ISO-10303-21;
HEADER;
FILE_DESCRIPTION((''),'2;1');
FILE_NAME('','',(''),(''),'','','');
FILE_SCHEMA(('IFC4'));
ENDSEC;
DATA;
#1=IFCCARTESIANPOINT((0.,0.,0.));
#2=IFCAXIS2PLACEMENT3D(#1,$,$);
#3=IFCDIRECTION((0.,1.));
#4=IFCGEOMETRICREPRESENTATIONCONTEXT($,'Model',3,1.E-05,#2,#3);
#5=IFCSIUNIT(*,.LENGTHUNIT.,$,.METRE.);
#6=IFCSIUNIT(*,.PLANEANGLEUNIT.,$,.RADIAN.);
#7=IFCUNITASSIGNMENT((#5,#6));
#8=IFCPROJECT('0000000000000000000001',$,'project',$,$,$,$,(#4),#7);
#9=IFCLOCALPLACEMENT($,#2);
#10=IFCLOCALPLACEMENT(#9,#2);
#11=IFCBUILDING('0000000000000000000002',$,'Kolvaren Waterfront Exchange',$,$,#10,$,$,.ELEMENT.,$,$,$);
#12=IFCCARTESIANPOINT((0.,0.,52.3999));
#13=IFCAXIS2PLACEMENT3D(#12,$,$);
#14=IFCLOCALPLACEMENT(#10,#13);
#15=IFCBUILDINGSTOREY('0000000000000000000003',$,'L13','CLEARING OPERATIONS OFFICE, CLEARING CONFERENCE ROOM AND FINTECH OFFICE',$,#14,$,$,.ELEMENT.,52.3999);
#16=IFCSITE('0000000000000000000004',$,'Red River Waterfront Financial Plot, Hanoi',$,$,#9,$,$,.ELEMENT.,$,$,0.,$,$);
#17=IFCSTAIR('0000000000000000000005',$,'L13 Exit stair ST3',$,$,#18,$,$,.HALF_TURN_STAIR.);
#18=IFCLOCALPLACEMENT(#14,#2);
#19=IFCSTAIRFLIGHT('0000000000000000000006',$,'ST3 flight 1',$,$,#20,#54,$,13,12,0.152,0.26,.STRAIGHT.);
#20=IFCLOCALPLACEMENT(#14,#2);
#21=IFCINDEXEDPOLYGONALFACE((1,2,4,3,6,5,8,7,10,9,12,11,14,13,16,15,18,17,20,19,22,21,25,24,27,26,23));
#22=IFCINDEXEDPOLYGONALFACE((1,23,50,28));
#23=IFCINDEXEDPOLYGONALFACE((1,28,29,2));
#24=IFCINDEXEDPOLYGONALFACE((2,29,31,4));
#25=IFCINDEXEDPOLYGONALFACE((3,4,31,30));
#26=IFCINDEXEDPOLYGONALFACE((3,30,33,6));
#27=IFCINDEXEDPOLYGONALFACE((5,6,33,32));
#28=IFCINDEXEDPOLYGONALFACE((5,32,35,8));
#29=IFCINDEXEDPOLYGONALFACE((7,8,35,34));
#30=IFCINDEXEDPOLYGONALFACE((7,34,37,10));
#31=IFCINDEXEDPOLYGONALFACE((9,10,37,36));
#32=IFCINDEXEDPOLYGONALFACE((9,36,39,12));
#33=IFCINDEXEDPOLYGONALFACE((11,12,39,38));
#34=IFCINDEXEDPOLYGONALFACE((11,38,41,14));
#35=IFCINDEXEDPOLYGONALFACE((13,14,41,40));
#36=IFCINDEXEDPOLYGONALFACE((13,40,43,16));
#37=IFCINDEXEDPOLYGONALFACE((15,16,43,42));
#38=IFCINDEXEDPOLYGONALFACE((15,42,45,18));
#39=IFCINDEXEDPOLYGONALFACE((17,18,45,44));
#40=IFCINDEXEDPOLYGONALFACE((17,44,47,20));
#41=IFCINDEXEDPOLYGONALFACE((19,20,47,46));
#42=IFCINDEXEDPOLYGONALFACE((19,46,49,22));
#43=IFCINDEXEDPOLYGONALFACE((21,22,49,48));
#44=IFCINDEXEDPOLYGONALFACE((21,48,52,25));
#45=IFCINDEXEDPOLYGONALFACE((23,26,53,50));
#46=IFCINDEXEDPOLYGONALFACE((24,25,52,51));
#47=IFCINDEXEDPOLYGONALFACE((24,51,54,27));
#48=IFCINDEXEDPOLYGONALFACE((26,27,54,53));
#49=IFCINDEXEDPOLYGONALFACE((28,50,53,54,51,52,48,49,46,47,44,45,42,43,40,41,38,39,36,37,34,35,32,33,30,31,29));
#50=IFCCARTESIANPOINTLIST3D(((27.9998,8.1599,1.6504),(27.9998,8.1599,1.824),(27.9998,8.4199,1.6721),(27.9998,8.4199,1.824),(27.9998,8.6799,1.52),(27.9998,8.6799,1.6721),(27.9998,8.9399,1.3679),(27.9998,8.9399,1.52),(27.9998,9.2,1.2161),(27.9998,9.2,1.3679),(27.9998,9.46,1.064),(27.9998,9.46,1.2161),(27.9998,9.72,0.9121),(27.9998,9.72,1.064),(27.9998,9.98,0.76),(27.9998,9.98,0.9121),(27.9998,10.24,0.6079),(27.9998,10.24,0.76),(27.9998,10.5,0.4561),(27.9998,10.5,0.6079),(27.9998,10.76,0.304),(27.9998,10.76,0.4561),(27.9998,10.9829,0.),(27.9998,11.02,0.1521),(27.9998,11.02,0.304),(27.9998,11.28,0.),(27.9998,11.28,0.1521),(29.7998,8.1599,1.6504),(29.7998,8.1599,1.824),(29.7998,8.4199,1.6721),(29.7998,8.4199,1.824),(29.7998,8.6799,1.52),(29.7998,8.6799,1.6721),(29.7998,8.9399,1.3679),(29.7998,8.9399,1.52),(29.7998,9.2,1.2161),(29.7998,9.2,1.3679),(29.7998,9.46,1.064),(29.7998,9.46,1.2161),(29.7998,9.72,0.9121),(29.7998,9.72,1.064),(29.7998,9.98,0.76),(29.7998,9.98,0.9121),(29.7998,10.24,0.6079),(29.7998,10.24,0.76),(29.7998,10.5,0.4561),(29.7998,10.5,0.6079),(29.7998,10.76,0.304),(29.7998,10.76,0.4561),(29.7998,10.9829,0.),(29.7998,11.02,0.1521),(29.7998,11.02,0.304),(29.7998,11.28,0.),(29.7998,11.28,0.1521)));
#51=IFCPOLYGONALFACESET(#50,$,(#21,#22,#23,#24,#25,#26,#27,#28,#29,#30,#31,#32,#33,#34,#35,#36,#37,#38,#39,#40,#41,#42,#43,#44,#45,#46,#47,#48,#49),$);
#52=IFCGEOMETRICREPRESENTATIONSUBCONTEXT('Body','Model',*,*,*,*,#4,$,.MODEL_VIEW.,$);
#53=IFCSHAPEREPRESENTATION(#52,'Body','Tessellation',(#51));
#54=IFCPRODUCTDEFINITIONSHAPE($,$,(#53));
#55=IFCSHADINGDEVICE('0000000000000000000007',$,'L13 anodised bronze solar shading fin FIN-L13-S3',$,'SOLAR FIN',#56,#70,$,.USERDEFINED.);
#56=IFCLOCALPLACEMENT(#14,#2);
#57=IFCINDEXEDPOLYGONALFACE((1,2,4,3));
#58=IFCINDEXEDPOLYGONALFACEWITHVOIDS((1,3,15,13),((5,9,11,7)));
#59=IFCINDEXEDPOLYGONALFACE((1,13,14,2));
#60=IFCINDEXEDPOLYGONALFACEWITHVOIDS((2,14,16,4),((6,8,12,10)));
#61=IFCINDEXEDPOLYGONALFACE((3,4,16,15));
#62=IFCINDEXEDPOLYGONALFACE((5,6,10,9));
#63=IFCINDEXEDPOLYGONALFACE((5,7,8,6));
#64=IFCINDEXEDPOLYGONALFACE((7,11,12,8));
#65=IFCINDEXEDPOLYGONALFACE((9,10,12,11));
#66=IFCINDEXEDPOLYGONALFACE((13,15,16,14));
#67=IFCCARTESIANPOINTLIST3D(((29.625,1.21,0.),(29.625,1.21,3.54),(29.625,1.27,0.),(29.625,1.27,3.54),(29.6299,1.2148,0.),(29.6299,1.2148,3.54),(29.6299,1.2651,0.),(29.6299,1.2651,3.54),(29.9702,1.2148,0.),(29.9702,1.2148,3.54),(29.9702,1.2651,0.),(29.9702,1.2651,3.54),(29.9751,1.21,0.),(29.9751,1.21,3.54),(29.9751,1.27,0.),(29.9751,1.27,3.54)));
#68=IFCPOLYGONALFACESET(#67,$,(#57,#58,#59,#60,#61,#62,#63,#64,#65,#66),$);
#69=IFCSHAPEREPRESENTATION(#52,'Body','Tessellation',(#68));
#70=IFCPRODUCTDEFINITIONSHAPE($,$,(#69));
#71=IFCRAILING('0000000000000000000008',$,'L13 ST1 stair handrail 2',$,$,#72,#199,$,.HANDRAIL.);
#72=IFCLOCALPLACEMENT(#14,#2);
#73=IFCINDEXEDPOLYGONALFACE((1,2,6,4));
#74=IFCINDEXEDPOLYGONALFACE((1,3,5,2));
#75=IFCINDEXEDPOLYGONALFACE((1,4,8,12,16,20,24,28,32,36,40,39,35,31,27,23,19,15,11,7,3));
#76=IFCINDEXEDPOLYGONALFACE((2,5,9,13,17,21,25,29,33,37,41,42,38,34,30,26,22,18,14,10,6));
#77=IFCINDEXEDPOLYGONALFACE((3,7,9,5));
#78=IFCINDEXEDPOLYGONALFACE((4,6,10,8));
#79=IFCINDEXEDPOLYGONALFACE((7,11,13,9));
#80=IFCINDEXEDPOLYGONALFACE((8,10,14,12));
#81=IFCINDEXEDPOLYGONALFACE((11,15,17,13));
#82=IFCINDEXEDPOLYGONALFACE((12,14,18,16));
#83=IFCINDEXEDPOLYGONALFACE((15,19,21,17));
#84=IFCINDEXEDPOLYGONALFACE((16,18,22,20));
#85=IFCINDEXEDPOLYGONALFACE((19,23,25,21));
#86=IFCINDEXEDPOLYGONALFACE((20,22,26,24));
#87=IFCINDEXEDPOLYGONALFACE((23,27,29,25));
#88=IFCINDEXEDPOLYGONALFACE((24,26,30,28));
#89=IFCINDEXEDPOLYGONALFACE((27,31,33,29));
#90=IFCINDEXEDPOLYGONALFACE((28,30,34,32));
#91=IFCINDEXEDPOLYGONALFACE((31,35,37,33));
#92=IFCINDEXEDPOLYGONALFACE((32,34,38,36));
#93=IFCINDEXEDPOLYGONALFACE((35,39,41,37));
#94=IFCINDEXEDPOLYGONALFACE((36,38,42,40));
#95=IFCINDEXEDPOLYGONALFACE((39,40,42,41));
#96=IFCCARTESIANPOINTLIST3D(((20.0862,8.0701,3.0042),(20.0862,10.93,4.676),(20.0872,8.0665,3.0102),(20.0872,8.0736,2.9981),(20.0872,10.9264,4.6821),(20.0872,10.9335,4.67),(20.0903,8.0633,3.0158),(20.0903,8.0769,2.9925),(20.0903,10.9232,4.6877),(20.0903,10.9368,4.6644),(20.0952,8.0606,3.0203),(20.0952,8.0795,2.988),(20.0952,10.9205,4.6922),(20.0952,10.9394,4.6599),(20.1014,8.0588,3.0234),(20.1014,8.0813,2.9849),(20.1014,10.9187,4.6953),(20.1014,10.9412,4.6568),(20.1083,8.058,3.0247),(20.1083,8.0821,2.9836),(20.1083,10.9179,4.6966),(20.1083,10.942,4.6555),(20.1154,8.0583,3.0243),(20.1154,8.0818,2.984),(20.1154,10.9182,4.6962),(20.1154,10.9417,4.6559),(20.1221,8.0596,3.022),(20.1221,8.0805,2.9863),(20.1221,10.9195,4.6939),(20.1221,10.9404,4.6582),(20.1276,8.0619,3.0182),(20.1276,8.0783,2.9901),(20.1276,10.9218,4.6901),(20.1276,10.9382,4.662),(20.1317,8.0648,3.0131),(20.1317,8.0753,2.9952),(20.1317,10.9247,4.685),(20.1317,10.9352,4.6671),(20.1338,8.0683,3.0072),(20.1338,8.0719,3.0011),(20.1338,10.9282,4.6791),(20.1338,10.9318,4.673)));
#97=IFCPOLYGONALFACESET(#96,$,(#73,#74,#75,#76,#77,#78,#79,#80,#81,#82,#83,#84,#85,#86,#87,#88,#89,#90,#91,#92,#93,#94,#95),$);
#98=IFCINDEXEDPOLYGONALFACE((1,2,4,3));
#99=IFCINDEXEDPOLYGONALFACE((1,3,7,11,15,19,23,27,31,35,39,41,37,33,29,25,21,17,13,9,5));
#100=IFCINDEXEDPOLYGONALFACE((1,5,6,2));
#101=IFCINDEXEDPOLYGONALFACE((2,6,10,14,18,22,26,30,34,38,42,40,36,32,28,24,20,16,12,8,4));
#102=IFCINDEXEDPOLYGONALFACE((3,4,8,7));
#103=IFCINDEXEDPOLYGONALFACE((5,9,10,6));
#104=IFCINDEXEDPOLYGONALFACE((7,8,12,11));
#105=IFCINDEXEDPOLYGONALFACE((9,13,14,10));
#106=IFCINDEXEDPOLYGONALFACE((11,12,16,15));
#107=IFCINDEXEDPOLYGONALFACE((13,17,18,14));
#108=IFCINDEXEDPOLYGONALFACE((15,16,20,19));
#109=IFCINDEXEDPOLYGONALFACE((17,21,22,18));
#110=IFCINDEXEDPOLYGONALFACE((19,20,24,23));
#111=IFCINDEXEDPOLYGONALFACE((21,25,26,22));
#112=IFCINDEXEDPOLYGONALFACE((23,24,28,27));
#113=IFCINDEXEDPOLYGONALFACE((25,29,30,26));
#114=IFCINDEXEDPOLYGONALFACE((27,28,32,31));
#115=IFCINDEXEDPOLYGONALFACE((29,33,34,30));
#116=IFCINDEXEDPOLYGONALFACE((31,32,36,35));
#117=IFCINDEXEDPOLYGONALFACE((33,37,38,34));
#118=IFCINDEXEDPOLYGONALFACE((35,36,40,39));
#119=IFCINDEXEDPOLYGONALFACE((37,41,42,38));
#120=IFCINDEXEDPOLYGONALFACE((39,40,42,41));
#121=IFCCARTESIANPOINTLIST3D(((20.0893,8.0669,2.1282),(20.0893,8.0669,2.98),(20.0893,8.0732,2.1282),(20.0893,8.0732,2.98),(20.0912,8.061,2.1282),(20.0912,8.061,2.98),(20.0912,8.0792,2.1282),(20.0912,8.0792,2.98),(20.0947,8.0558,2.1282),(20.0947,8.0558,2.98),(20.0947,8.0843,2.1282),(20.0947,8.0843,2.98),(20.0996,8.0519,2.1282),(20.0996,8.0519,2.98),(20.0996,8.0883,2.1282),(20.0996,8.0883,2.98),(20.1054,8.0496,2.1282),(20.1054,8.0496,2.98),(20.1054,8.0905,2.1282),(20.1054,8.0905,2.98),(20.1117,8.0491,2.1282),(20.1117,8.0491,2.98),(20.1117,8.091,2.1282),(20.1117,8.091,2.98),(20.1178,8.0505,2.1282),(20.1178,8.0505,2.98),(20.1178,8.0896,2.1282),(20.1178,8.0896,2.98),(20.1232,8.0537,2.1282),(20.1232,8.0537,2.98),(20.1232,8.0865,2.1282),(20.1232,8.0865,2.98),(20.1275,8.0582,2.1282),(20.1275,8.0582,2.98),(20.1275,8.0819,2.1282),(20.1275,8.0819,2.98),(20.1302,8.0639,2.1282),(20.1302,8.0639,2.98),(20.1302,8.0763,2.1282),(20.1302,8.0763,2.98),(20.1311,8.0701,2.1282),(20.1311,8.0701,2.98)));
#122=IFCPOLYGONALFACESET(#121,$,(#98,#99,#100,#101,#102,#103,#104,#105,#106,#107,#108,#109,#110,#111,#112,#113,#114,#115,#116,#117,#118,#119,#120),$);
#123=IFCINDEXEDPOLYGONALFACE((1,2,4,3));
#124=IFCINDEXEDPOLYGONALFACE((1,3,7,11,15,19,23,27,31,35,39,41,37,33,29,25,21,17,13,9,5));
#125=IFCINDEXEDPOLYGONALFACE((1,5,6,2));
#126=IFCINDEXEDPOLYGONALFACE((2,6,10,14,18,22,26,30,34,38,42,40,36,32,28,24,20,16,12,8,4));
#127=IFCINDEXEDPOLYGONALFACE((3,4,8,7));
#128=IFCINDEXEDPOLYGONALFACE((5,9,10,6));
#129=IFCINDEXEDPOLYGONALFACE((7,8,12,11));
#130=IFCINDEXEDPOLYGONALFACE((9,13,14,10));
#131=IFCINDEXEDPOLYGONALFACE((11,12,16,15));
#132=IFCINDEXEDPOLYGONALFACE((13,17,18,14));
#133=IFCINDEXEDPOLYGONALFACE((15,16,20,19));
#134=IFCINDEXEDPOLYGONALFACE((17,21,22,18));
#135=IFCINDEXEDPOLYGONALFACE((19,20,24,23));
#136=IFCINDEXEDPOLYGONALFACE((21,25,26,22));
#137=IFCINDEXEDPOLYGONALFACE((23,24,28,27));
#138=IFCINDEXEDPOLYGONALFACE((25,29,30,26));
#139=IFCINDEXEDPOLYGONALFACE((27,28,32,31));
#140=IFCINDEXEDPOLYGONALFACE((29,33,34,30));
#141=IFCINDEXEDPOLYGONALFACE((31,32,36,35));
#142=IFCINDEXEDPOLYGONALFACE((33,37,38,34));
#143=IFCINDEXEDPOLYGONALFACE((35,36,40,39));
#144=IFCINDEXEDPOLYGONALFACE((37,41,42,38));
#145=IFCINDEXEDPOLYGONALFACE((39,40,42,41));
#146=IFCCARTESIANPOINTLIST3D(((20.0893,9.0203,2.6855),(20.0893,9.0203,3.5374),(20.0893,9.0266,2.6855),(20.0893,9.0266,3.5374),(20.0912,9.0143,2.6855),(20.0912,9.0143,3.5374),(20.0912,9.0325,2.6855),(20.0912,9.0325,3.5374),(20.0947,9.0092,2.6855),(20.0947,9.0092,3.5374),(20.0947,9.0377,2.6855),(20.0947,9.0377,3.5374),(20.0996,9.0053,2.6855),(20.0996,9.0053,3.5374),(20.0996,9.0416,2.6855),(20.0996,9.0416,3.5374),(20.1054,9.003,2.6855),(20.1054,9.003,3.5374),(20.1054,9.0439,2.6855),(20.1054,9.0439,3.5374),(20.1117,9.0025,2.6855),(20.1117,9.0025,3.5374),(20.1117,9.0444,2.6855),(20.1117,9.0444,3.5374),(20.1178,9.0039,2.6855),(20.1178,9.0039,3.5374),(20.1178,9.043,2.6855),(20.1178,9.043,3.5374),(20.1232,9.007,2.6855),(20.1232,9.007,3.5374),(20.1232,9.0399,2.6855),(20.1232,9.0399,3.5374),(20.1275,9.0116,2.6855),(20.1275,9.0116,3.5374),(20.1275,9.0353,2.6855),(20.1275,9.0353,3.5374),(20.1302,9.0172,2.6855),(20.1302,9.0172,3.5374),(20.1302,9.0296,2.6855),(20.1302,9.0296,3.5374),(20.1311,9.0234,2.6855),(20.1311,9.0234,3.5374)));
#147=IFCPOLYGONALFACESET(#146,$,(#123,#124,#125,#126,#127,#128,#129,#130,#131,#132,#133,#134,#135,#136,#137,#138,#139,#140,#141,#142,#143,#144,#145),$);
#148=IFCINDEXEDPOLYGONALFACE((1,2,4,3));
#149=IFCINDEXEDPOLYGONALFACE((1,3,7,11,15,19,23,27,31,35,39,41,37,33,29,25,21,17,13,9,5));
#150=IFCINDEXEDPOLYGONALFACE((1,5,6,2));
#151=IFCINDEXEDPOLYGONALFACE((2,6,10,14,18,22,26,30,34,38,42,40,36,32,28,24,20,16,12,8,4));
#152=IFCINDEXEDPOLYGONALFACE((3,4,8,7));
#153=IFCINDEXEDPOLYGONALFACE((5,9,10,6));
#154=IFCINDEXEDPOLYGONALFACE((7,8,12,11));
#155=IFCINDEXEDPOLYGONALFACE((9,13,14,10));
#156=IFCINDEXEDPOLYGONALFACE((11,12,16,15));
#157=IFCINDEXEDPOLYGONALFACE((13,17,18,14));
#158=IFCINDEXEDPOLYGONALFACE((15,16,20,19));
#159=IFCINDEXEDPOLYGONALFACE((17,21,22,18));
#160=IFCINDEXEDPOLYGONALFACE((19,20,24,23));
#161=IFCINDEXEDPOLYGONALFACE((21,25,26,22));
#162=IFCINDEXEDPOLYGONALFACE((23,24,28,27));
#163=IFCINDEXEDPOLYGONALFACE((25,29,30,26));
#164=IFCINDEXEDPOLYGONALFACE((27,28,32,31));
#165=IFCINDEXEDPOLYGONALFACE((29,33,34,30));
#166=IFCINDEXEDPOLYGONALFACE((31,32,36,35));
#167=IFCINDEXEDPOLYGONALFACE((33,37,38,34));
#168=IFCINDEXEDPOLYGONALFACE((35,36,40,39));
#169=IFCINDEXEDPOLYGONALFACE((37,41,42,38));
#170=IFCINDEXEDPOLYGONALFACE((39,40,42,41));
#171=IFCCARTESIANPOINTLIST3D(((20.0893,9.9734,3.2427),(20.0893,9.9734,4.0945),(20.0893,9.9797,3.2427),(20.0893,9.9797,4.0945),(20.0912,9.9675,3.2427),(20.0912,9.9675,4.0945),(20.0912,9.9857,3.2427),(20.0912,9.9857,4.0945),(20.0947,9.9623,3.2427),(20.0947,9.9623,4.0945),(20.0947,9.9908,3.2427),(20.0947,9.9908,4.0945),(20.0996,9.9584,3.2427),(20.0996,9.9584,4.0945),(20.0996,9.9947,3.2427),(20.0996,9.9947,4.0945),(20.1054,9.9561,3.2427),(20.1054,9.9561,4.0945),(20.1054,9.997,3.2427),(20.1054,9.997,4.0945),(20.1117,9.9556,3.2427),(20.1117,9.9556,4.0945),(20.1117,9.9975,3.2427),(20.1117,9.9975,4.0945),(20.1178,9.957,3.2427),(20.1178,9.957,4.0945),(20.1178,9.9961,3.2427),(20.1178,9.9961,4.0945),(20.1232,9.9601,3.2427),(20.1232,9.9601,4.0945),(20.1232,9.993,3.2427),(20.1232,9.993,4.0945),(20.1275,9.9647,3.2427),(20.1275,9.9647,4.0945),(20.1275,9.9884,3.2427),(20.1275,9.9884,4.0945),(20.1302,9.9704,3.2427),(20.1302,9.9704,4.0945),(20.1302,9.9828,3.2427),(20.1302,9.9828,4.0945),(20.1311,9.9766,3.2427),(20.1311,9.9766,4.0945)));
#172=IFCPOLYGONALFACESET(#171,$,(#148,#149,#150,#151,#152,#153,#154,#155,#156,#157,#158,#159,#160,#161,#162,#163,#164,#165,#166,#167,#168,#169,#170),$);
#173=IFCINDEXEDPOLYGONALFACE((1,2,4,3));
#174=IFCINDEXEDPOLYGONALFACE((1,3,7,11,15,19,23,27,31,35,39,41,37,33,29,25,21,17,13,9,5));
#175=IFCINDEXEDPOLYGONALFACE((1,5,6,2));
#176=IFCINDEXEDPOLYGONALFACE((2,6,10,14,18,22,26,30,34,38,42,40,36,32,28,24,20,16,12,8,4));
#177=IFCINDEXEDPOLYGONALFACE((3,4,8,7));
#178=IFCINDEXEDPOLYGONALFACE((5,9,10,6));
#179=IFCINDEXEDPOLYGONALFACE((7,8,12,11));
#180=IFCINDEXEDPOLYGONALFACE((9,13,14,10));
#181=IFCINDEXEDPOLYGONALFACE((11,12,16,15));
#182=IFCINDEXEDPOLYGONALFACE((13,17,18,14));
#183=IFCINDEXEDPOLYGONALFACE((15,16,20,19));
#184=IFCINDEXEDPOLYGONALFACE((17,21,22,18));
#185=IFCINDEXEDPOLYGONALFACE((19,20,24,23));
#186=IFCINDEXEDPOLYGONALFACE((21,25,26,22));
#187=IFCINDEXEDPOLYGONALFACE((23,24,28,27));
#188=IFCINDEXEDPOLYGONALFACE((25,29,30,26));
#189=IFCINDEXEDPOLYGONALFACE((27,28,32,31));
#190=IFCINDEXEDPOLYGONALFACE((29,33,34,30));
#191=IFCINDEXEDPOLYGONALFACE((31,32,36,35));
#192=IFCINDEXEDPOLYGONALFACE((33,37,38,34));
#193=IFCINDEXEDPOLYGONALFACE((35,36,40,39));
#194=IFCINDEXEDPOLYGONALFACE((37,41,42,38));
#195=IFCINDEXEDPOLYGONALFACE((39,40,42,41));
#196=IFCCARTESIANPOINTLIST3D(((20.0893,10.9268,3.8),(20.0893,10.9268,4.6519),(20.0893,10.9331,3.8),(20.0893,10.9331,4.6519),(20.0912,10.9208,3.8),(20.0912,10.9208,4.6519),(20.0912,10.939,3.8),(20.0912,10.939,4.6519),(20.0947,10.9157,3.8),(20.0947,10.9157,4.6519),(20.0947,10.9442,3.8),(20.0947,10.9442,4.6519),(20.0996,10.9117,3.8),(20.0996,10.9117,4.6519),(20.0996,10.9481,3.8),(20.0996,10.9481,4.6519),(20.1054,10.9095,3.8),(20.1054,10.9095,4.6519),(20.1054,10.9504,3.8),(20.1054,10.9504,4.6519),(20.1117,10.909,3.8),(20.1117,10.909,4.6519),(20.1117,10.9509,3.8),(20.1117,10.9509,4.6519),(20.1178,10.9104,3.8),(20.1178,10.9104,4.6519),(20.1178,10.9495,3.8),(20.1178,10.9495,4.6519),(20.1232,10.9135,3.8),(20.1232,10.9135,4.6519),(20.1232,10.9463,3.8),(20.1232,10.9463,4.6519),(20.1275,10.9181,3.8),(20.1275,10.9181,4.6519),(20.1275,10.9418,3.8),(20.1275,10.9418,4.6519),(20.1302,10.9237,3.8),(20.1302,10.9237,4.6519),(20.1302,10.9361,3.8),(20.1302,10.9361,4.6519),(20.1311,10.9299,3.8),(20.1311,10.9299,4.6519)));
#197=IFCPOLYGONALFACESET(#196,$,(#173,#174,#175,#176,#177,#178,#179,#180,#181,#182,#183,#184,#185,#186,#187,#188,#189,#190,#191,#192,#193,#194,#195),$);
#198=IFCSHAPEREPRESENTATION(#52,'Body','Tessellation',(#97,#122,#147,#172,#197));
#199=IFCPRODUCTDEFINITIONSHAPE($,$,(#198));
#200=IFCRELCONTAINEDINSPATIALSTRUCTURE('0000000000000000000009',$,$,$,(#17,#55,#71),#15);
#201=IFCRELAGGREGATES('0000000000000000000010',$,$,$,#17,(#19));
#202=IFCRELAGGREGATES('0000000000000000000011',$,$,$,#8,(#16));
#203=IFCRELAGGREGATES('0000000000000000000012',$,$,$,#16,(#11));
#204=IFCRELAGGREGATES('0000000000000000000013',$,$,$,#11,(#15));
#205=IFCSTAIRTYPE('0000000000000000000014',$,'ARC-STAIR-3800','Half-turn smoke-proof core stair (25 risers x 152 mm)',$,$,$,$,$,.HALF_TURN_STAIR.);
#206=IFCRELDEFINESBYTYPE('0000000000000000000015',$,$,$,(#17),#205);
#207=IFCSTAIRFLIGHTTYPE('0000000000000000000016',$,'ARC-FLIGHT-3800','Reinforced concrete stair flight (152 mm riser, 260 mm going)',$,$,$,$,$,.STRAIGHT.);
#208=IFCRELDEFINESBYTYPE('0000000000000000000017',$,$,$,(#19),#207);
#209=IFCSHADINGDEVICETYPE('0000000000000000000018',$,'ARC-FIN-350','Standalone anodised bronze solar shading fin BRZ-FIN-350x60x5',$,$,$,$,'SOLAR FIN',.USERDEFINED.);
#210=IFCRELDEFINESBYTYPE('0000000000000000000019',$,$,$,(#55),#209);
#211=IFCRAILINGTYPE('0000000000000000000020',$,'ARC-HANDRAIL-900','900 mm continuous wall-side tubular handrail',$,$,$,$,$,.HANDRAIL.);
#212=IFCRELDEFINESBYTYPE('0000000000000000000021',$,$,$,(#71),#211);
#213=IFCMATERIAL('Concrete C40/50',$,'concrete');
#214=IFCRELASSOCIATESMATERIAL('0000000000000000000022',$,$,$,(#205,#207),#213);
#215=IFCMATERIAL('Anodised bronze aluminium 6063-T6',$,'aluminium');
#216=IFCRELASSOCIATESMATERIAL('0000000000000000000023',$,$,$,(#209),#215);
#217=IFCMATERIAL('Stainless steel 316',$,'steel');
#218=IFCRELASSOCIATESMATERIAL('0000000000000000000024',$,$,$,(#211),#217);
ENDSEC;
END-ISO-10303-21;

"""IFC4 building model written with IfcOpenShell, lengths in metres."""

from ifc_helpers import new_model, si_unit, direction, frame, origin, origin_2d, place, context, subcontext, project, spatial, polyline, hollow_rectangle, circle, outline, extrude, material, material_profile, profile_set, type_object, element, aggregate, save


model = new_model("IFC4")

# Units and contexts
model_context = context("Model", 3, precision=1e-05, world=origin(), true_north=direction((0.0, 1.0)))
body_context = subcontext(model_context, "Body", "Model", "MODEL_VIEW")
ifc_project = project(units=[si_unit("LENGTHUNIT", "METRE"), si_unit("PLANEANGLEUNIT", "RADIAN")], contexts=[model_context])

# Site, building, storey
site_placement = place(None, origin())
site = spatial("IfcSite", under=ifc_project, at=site_placement, Name="Red River Waterfront Financial Plot, Hanoi", CompositionType="ELEMENT", RefElevation=0.0)
building_placement = place(site_placement, origin())
building = spatial("IfcBuilding", under=site, at=building_placement, Name="Kolvaren Waterfront Exchange", CompositionType="ELEMENT")
storey_placement = place(building_placement, frame((0.0, 0.0, 52.3999)))
storey = spatial("IfcBuildingStorey", under=building, at=storey_placement, Name="L13", Description="CLEARING OPERATIONS OFFICE, CLEARING CONFERENCE ROOM AND FINTECH OFFICE", CompositionType="ELEMENT", Elevation=52.3999)

# Shared definitions
ifc_material_1 = material(Name="Anodised bronze aluminium 6063-T6", Category="aluminium")

# Shared definitions
ifc_material_2 = material(Name="Concrete C40/50", Category="concrete")

# Stair, stair flight
stair_type = type_object("IfcStairType", Name="ARC-STAIR-3800", Description="Half-turn smoke-proof core stair (25 risers x 152 mm)", PredefinedType="HALF_TURN_STAIR", material=ifc_material_2)
stair_flight_type = type_object("IfcStairFlightType", Name="ARC-FLIGHT-3800", Description="Reinforced concrete stair flight (152 mm riser, 260 mm going)", PredefinedType="STRAIGHT", material=ifc_material_2)
stair_1_placement = place(storey_placement, origin())
stair_1 = element("IfcStair", 1, at=stair_1_placement, inside=storey, type_object=stair_type, Name="L13 Exit stair ST3", PredefinedType="HALF_TURN_STAIR")
stair_flight_1_placement = place(storey_placement, frame((28.8999, 11.28, 0.0), z_axis=(0.0, 0.0, 1.0), x_axis=(0.0, -1.0, 0.0)))
stair_flight_1 = element("IfcStairFlight", 2, at=stair_flight_1_placement, type_object=stair_flight_type, Name="ST3 flight 1", NumberOfRisers=13, NumberOfTreads=12, PredefinedType="STRAIGHT", RiserHeight=0.152, TreadLength=0.26, context=body_context, shape_type="SweptSolid", body=[
    extrude(outline(polyline([(0.0, 0.0), (0.0, 0.1521), (0.26, 0.1521), (0.26, 0.304), (0.52, 0.304), (0.52, 0.4561), (0.78, 0.4561), (0.78, 0.6079), (1.04, 0.6079), (1.04, 0.76), (1.3, 0.76), (1.3, 0.9121), (1.5601, 0.9121), (1.5601, 1.064), (1.8201, 1.064), (1.8201, 1.2161), (2.0801, 1.2161), (2.0801, 1.3679), (2.3401, 1.3679), (2.3401, 1.52), (2.6001, 1.52), (2.6001, 1.6721), (2.8601, 1.6721), (2.8601, 1.824), (3.1201, 1.824), (3.1201, 1.9761), (3.1201, 1.6504), (0.2971, 0.0), (0.0, 0.0)])), frame((0.0, 0.8999, 0.0), z_axis=(0.0, -1.0, 0.0), x_axis=(1.0, 0.0, 0.0)), (0.0, 0.0, 1.0), 1.8),
])
aggregate(stair_1, [stair_flight_1])

# Shading device
ifc_material_profile_1 = material_profile(ifc_material_1, hollow_rectangle(XDim=0.0601, YDim=0.3501, WallThickness=0.0049, at=origin_2d()), Name="BRZ-FIN-350x60x5")
ifc_profile_set_1 = profile_set([ifc_material_profile_1], Name="Anodised bronze aluminium 6063-T6")
shading_device_type = type_object("IfcShadingDeviceType", Name="ARC-FIN-350", Description="Standalone anodised bronze solar shading fin BRZ-FIN-350x60x5", ElementType="SOLAR FIN", PredefinedType="USERDEFINED", material=ifc_profile_set_1)
shading_device_placement = place(storey_placement, frame((29.8, 1.24, 0.0), z_axis=(0.0, 0.0, 1.0), x_axis=(0.0, -1.0, 0.0)))
element("IfcShadingDevice", 3, at=shading_device_placement, inside=storey, type_object=shading_device_type, Name="L13 anodised bronze solar shading fin FIN-L13-S3", ObjectType="SOLAR FIN", PredefinedType="USERDEFINED", context=body_context, shape_type="SweptSolid", body=[
    extrude(hollow_rectangle(XDim=0.0601, YDim=0.3501, WallThickness=0.0049, at=origin_2d()), origin(), (0.0, 0.0, 1.0), 3.54),
])

# Railing
ifc_material_3 = material(Name="Stainless steel 316", Category="steel")
railing_type_1 = type_object("IfcRailingType", Name="ARC-HANDRAIL-900", Description="900 mm continuous wall-side tubular handrail", PredefinedType="HANDRAIL", material=ifc_material_3)
railing_1_placement = place(storey_placement, frame((20.1101, 8.0701, 2.1282)))
element("IfcRailing", 4, at=railing_1_placement, inside=storey, type_object=railing_type_1, Name="L13 ST1 stair handrail 2", PredefinedType="HANDRAIL", context=body_context, shape_type="SweptSolid", body=[
    extrude(circle(Radius=0.0239, at=origin_2d()), frame((0.0, 0.0, 0.876), z_axis=(0.0, 0.863303, 0.504686), x_axis=(-1.0, 0.0, 0.0)), (0.0, 0.0, 1.0), 3.3127),
    extrude(circle(Radius=0.021, at=origin_2d()), origin(), (0.0, 0.0, 1.0), 0.8518),
    extrude(circle(Radius=0.021, at=origin_2d()), frame((0.0, 0.9534, 0.5574)), (0.0, 0.0, 1.0), 0.8518),
    extrude(circle(Radius=0.021, at=origin_2d()), frame((0.0, 1.9065, 1.1145)), (0.0, 0.0, 1.0), 0.8518),
    extrude(circle(Radius=0.021, at=origin_2d()), frame((0.0, 2.8599, 1.6719)), (0.0, 0.0, 1.0), 0.8518),
])

save(model, "model.ifc")
